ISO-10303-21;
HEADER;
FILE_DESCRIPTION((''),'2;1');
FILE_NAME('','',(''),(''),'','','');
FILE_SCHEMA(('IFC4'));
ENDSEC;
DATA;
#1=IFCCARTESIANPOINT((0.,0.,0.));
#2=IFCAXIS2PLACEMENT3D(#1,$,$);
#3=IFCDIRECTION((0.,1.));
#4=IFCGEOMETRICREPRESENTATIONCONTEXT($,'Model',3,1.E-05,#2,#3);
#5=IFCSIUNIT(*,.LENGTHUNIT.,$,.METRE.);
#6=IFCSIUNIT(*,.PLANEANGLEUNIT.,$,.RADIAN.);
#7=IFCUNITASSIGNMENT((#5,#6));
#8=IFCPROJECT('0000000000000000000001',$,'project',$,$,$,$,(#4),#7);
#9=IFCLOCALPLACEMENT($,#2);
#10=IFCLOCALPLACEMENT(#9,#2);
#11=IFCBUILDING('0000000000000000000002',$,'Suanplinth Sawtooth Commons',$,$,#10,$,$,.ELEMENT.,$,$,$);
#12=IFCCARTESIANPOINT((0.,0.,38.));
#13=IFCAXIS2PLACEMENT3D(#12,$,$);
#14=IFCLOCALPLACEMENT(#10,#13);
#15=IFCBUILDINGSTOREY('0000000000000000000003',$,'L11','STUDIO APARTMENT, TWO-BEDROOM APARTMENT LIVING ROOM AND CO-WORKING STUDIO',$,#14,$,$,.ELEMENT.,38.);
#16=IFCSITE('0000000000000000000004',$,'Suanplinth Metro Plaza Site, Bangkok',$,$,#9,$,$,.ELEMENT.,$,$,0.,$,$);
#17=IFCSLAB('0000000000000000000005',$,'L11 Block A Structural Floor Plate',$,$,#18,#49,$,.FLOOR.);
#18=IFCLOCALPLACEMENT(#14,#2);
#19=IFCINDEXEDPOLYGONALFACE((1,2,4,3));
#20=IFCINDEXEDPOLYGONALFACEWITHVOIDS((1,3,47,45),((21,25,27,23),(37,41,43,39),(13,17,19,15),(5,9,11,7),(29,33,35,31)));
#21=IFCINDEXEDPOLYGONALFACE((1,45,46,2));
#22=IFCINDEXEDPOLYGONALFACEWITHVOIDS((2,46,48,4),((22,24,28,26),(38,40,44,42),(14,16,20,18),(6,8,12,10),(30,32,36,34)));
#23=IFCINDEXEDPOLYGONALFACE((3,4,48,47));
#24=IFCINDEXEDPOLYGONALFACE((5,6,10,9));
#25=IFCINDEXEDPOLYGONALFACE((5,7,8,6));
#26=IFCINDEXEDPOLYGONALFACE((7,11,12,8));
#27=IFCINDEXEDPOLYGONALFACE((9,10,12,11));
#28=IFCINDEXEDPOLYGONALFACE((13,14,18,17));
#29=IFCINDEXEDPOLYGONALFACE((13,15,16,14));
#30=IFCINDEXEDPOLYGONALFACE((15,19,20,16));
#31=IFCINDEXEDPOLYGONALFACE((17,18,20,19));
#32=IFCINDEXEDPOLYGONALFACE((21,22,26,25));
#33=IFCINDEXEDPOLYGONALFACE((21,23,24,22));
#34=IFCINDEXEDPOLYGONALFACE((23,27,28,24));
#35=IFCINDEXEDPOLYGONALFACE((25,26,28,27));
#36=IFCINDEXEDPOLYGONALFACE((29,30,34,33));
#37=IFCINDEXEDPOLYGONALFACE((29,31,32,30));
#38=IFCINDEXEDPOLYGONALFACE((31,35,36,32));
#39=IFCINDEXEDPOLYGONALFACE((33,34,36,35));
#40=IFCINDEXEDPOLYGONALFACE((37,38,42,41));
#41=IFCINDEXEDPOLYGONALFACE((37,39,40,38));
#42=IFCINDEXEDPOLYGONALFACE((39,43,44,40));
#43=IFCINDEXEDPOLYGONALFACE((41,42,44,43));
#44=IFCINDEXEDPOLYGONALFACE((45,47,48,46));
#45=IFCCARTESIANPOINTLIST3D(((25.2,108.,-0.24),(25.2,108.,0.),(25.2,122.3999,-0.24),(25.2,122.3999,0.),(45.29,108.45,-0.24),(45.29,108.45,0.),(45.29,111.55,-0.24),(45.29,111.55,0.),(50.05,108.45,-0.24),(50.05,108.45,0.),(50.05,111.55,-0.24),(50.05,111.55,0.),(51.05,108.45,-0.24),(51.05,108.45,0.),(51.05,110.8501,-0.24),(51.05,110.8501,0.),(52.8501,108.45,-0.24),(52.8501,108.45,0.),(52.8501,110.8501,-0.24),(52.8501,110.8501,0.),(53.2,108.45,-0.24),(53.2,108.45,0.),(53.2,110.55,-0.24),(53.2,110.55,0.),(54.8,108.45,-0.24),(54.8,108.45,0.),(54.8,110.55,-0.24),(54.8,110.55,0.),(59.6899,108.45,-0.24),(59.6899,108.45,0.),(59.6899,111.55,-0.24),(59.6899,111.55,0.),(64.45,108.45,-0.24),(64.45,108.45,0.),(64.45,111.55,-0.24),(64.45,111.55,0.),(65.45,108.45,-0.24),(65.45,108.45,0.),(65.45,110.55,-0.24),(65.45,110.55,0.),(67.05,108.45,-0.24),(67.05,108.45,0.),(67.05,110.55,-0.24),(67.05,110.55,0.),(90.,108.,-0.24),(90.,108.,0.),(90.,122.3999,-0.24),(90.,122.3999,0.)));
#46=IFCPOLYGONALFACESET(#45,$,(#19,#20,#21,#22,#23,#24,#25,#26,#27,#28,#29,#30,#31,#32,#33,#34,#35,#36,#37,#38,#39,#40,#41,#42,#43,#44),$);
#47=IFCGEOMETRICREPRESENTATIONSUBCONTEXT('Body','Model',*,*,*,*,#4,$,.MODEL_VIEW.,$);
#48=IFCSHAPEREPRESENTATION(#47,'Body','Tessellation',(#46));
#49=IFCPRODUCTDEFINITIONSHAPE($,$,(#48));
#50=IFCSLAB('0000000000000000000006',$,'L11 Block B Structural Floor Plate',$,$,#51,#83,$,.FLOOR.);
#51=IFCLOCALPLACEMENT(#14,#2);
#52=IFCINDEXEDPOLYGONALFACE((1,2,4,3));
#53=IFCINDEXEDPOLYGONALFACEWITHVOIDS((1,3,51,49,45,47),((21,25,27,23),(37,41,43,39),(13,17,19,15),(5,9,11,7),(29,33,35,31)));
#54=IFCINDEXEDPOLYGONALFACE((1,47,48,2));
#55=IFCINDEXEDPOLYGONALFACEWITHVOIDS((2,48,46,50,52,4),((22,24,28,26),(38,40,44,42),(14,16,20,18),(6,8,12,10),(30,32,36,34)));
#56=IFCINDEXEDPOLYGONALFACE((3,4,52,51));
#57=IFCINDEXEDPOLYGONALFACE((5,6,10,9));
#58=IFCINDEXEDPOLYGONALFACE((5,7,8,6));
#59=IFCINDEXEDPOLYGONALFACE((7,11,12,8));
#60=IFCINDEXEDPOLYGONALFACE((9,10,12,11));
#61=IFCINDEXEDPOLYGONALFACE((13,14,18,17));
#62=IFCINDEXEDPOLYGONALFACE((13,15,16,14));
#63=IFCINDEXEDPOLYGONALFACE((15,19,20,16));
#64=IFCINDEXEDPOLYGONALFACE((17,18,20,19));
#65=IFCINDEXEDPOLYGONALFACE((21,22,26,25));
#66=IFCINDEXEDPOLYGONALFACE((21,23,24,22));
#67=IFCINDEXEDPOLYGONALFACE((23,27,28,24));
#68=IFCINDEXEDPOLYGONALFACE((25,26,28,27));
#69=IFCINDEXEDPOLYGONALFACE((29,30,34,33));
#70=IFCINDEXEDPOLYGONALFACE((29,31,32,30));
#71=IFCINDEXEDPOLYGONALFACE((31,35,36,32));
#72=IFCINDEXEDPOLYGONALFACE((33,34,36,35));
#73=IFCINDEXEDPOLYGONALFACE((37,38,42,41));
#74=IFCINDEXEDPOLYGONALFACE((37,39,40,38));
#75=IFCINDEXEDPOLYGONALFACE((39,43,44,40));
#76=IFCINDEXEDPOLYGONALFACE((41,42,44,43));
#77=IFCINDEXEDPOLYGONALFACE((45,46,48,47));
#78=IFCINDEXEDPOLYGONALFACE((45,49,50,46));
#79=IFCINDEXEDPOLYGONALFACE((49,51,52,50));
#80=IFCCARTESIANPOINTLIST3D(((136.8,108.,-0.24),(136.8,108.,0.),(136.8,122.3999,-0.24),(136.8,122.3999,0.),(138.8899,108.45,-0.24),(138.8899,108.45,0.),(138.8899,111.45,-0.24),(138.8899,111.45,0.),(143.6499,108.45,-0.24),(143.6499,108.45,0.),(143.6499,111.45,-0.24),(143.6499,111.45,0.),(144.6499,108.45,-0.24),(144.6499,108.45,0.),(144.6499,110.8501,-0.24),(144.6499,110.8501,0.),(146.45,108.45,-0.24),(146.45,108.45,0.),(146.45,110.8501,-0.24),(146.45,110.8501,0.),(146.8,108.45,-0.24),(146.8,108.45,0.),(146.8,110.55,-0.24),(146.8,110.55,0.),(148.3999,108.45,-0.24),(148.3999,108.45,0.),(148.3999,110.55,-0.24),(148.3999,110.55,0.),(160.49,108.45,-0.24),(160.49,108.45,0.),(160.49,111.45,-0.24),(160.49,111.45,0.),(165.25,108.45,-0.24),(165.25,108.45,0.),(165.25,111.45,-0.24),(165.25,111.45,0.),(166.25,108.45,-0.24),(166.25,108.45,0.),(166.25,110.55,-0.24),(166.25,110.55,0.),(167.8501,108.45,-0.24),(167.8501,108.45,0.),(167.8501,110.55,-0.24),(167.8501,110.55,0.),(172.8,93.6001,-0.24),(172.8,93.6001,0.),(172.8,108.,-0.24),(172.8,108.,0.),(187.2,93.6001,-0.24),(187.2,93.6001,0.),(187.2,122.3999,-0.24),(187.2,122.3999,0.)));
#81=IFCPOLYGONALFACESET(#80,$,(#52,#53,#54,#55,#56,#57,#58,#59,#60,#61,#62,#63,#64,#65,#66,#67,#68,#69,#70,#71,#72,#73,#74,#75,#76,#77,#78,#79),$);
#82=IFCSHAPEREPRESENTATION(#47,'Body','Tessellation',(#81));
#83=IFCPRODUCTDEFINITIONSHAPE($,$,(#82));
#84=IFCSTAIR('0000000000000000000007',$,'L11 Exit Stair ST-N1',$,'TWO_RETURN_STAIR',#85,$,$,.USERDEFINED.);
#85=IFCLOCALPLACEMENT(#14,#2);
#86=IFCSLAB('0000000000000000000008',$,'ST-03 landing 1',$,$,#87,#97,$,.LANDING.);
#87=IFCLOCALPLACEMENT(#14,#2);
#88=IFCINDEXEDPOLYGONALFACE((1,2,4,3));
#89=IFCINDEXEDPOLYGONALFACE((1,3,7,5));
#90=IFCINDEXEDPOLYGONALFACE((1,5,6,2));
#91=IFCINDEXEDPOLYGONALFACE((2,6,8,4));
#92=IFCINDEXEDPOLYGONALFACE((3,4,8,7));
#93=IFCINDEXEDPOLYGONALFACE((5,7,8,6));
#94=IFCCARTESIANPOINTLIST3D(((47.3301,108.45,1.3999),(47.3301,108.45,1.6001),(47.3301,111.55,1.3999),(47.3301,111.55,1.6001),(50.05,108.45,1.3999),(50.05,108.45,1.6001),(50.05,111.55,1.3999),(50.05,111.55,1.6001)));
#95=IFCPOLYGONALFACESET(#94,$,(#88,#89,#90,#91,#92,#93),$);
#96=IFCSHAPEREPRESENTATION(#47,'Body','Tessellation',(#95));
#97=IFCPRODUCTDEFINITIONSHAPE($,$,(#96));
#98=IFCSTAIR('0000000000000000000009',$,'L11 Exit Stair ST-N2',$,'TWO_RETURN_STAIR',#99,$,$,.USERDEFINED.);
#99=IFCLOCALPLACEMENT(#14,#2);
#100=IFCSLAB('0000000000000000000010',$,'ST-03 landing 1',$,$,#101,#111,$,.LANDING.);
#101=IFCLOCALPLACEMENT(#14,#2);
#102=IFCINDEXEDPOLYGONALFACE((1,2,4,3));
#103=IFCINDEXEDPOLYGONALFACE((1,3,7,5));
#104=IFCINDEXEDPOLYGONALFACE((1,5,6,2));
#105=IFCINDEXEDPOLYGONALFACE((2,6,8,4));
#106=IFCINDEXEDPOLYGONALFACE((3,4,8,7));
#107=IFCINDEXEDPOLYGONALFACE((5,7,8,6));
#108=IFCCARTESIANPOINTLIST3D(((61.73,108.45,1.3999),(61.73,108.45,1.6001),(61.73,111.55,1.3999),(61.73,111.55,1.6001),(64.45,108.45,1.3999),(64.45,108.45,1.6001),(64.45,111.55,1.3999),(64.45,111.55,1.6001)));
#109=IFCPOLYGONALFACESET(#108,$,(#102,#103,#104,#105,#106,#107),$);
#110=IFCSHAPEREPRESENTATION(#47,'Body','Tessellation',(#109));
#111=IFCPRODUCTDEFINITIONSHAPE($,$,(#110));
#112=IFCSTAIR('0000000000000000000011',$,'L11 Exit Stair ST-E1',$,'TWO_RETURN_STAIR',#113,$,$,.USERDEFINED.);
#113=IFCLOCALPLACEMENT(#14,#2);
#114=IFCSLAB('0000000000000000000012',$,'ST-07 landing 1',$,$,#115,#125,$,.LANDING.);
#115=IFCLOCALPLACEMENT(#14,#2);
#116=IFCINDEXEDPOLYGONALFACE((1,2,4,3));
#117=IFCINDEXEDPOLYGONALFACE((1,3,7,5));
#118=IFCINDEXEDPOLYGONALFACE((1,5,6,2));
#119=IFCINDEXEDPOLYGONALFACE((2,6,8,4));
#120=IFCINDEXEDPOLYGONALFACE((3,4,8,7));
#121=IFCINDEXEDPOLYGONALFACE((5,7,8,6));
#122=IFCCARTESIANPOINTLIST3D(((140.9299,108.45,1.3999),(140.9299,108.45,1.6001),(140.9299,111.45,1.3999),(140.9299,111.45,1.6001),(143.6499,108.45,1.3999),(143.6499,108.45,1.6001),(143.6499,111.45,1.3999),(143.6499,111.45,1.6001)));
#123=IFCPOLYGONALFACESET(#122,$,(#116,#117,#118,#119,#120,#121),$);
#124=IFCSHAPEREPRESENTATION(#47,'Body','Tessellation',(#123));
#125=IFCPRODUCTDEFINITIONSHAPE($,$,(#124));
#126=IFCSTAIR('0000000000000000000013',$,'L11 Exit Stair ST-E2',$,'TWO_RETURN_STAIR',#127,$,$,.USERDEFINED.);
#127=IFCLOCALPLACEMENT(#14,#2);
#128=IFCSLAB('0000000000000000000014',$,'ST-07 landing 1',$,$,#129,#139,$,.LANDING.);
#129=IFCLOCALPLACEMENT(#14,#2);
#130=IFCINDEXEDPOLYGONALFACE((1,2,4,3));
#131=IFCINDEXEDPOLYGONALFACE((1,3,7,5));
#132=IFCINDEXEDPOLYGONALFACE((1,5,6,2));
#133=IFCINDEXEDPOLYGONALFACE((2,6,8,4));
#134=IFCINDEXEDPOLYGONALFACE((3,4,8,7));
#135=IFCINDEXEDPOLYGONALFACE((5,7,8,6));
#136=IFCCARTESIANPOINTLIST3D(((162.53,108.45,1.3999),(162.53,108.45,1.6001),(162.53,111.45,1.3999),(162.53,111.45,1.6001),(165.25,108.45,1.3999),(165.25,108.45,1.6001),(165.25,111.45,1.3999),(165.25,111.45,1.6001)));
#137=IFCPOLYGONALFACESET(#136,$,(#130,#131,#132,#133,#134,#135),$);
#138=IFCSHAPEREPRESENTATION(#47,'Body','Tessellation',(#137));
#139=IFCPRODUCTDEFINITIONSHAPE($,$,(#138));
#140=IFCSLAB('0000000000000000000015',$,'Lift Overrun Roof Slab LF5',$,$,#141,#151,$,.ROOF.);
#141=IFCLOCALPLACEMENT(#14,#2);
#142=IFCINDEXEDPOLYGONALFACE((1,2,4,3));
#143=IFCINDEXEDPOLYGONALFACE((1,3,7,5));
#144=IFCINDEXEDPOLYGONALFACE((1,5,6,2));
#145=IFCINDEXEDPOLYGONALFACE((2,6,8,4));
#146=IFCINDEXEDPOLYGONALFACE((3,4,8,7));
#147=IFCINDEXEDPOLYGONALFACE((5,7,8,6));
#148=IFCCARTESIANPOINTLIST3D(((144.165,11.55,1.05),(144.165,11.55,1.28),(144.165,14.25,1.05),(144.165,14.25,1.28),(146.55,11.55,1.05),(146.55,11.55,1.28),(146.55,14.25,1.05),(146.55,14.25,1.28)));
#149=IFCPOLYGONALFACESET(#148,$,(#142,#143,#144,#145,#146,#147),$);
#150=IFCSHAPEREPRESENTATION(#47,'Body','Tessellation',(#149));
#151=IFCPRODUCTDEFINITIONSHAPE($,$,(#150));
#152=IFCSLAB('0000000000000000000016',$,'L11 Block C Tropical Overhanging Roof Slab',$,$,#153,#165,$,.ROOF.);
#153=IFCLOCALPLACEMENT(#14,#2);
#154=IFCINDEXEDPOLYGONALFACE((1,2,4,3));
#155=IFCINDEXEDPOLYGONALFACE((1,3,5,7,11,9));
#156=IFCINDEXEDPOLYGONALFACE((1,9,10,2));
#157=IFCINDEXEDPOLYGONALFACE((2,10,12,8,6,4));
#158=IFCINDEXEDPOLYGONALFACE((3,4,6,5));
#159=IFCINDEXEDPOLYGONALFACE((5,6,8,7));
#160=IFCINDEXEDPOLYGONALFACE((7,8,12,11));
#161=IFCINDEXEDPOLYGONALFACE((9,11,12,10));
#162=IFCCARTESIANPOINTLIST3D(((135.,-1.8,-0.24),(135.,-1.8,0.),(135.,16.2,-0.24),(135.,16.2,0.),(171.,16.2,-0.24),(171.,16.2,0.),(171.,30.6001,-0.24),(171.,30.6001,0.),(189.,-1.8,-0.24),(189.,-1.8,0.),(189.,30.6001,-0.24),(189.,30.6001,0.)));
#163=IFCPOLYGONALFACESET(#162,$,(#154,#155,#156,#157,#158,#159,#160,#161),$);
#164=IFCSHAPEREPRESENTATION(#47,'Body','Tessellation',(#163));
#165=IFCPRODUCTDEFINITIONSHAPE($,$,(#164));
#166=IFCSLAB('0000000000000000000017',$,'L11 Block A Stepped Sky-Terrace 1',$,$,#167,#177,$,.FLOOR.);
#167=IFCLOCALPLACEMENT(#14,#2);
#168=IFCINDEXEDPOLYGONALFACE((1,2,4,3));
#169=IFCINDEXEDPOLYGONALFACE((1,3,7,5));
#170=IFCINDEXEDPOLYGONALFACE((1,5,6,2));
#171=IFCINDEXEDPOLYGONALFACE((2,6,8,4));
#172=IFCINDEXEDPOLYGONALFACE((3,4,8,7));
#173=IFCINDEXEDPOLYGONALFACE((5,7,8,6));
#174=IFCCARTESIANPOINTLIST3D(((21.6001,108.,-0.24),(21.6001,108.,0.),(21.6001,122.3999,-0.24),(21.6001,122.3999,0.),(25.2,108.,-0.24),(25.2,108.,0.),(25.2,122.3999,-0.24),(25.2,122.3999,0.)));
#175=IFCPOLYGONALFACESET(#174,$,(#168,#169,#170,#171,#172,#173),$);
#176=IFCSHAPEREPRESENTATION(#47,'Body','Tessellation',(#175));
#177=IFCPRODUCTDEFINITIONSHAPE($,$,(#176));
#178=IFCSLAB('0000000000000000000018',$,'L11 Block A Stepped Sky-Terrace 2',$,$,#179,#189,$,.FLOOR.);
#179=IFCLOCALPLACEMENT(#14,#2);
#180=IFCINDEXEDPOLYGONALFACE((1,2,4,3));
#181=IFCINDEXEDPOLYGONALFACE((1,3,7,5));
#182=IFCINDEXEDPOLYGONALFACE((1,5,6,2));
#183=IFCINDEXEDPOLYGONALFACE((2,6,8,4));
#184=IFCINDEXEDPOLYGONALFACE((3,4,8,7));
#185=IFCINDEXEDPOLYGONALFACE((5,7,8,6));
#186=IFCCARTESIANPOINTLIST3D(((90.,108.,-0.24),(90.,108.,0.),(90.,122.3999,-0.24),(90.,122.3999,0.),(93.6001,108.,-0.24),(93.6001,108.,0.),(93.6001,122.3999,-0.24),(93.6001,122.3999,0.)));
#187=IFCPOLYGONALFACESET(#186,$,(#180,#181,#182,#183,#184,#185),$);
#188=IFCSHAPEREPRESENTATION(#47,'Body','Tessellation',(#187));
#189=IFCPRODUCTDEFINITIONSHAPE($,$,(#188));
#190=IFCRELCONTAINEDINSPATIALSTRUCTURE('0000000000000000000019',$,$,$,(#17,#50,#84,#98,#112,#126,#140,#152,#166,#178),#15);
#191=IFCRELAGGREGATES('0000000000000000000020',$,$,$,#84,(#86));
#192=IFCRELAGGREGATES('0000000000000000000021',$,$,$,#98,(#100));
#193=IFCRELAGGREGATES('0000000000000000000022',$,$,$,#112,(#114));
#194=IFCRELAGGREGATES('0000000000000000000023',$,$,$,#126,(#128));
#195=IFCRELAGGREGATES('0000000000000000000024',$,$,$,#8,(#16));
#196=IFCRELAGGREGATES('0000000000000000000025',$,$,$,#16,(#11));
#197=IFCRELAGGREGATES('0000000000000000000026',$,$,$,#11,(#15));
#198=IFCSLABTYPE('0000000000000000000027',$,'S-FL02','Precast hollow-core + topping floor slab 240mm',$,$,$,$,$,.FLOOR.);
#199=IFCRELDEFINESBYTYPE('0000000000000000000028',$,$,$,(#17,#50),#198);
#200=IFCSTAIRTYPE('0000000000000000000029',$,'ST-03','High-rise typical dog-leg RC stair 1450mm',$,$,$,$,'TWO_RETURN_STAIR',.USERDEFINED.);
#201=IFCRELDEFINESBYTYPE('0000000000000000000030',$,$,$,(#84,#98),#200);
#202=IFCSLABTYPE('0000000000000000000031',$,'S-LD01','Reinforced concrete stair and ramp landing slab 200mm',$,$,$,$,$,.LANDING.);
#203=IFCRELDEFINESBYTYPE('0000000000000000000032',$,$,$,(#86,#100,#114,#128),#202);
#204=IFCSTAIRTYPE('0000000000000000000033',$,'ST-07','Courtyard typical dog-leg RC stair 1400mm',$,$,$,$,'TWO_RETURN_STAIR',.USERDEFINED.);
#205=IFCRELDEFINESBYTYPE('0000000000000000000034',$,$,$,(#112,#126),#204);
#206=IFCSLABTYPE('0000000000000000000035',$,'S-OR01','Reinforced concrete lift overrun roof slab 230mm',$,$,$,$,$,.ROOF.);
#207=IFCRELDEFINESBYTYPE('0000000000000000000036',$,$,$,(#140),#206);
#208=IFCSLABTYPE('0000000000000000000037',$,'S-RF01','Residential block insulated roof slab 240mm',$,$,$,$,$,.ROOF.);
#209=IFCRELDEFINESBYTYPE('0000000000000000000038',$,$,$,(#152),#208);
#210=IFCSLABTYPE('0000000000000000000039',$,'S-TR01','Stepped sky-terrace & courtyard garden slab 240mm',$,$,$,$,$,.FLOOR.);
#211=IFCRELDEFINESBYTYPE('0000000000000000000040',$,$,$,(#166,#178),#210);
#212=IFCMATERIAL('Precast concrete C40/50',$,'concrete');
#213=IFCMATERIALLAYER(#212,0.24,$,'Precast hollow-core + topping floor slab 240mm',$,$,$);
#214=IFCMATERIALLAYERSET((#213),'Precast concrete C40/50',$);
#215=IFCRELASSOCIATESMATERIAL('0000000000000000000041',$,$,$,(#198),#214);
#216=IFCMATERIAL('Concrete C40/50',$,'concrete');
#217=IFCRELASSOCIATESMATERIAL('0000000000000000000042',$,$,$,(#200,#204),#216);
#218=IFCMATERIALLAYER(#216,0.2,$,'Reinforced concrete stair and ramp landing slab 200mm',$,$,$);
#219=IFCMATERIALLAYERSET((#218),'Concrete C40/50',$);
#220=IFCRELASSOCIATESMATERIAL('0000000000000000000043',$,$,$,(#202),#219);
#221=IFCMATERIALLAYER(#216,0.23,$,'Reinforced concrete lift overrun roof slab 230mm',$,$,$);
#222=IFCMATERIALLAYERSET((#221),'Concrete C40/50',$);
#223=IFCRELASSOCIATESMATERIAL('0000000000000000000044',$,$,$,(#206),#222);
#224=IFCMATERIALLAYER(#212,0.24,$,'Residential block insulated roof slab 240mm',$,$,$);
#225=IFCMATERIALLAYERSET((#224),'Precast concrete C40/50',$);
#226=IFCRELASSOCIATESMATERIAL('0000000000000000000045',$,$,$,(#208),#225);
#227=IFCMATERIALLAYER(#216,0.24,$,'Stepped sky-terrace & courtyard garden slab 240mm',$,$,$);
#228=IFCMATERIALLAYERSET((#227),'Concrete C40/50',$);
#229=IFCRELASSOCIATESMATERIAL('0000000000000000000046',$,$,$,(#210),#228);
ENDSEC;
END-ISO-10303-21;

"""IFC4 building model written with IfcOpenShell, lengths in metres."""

from ifc_helpers import new_model, si_unit, direction, frame, origin, place, context, subcontext, project, spatial, polyline, outline, extrude, material, layer, layer_set, type_object, element, aggregate, save


model = new_model("IFC4")

# Units and contexts
model_context = context("Model", 3, precision=1e-05, world=origin(), true_north=direction((0.0, 1.0)))
body_context = subcontext(model_context, "Body", "Model", "MODEL_VIEW")
ifc_project = project(units=[si_unit("LENGTHUNIT", "METRE"), si_unit("PLANEANGLEUNIT", "RADIAN")], contexts=[model_context])

# Site, building, storey
site_placement = place(None, origin())
site = spatial("IfcSite", under=ifc_project, at=site_placement, Name="Suanplinth Metro Plaza Site, Bangkok", CompositionType="ELEMENT", RefElevation=0.0)
building_placement = place(site_placement, origin())
building = spatial("IfcBuilding", under=site, at=building_placement, Name="Suanplinth Sawtooth Commons", CompositionType="ELEMENT")
storey_placement = place(building_placement, frame((0.0, 0.0, 38.0)))
storey = spatial("IfcBuildingStorey", under=building, at=storey_placement, Name="L11", Description="STUDIO APARTMENT, TWO-BEDROOM APARTMENT LIVING ROOM AND CO-WORKING STUDIO", CompositionType="ELEMENT", Elevation=38.0)

# Shared definitions
ifc_material_1 = material(Name="Precast concrete C40/50", Category="concrete")

# Slabs
ifc_layer_1 = layer(ifc_material_1, 0.24, Name="Precast hollow-core + topping floor slab 240mm")
ifc_layer_set_1 = layer_set([ifc_layer_1], Name="Precast concrete C40/50")
slab_type_1 = type_object("IfcSlabType", Name="S-FL02", Description="Precast hollow-core + topping floor slab 240mm", PredefinedType="FLOOR", material=ifc_layer_set_1)
slab_1_placement = place(storey_placement, frame((0.0, 0.0, -0.24)))
element("IfcSlab", 1, at=slab_1_placement, inside=storey, type_object=slab_type_1, Name="L11 Block A Structural Floor Plate", PredefinedType="FLOOR", context=body_context, shape_type="SweptSolid", body=[
    extrude(outline(polyline([(25.2, 108.0), (90.0, 108.0), (90.0, 122.3999), (25.2, 122.3999), (25.2, 108.0)]), holes=[polyline([(45.29, 108.45), (50.05, 108.45), (50.05, 111.55), (45.29, 111.55), (45.29, 108.45)]), polyline([(51.05, 108.45), (52.8501, 108.45), (52.8501, 110.8501), (51.05, 110.8501), (51.05, 108.45)]), polyline([(53.2, 108.45), (54.8, 108.45), (54.8, 110.55), (53.2, 110.55), (53.2, 108.45)]), polyline([(59.6899, 108.45), (64.45, 108.45), (64.45, 111.55), (59.6899, 111.55), (59.6899, 108.45)]), polyline([(65.45, 108.45), (67.05, 108.45), (67.05, 110.55), (65.45, 110.55), (65.45, 108.45)])]), origin(), (0.0, 0.0, 1.0), 0.24),
])
slab_2_placement = place(storey_placement, frame((0.0, 0.0, -0.24)))
element("IfcSlab", 2, at=slab_2_placement, inside=storey, type_object=slab_type_1, Name="L11 Block B Structural Floor Plate", PredefinedType="FLOOR", context=body_context, shape_type="SweptSolid", body=[
    extrude(outline(polyline([(172.8, 108.0), (136.8, 108.0), (136.8, 122.3999), (187.2, 122.3999), (187.2, 93.6001), (172.8, 93.6001), (172.8, 108.0)]), holes=[polyline([(138.8899, 108.45), (143.6499, 108.45), (143.6499, 111.45), (138.8899, 111.45), (138.8899, 108.45)]), polyline([(144.6499, 108.45), (146.45, 108.45), (146.45, 110.8501), (144.6499, 110.8501), (144.6499, 108.45)]), polyline([(146.8, 108.45), (148.3999, 108.45), (148.3999, 110.55), (146.8, 110.55), (146.8, 108.45)]), polyline([(160.49, 108.45), (165.25, 108.45), (165.25, 111.45), (160.49, 111.45), (160.49, 108.45)]), polyline([(166.25, 108.45), (167.8501, 108.45), (167.8501, 110.55), (166.25, 110.55), (166.25, 108.45)])]), origin(), (0.0, 0.0, 1.0), 0.24),
])

# Stairs, slabs
ifc_material_2 = material(Name="Concrete C40/50", Category="concrete")
stair_type_1 = type_object("IfcStairType", Name="ST-03", Description="High-rise typical dog-leg RC stair 1450mm", ElementType="TWO_RETURN_STAIR", PredefinedType="USERDEFINED", material=ifc_material_2)
stair_1_placement = place(storey_placement, origin())
stair_1 = element("IfcStair", 3, at=stair_1_placement, inside=storey, type_object=stair_type_1, Name="L11 Exit Stair ST-N1", ObjectType="TWO_RETURN_STAIR", PredefinedType="USERDEFINED")
ifc_layer_2 = layer(ifc_material_2, 0.2, Name="Reinforced concrete stair and ramp landing slab 200mm")
ifc_layer_set_2 = layer_set([ifc_layer_2], Name="Concrete C40/50")
slab_type_2 = type_object("IfcSlabType", Name="S-LD01", Description="Reinforced concrete stair and ramp landing slab 200mm", PredefinedType="LANDING", material=ifc_layer_set_2)
slab_3_placement = place(storey_placement, frame((0.0, 0.0, 1.3999)))
slab_3 = element("IfcSlab", 4, at=slab_3_placement, type_object=slab_type_2, Name="ST-03 landing 1", PredefinedType="LANDING", context=body_context, shape_type="SweptSolid", body=[
    extrude(outline(polyline([(47.3301, 108.45), (50.05, 108.45), (50.05, 111.55), (47.3301, 111.55), (47.3301, 108.45)])), origin(), (0.0, 0.0, 1.0), 0.2002),
])
aggregate(stair_1, [slab_3])
stair_2_placement = place(storey_placement, origin())
stair_2 = element("IfcStair", 5, at=stair_2_placement, inside=storey, type_object=stair_type_1, Name="L11 Exit Stair ST-N2", ObjectType="TWO_RETURN_STAIR", PredefinedType="USERDEFINED")
slab_4_placement = place(storey_placement, frame((0.0, 0.0, 1.3999)))
slab_4 = element("IfcSlab", 6, at=slab_4_placement, type_object=slab_type_2, Name="ST-03 landing 1", PredefinedType="LANDING", context=body_context, shape_type="SweptSolid", body=[
    extrude(outline(polyline([(61.73, 108.45), (64.45, 108.45), (64.45, 111.55), (61.73, 111.55), (61.73, 108.45)])), origin(), (0.0, 0.0, 1.0), 0.2002),
])
aggregate(stair_2, [slab_4])
stair_type_2 = type_object("IfcStairType", Name="ST-07", Description="Courtyard typical dog-leg RC stair 1400mm", ElementType="TWO_RETURN_STAIR", PredefinedType="USERDEFINED", material=ifc_material_2)
stair_3_placement = place(storey_placement, origin())
stair_3 = element("IfcStair", 7, at=stair_3_placement, inside=storey, type_object=stair_type_2, Name="L11 Exit Stair ST-E1", ObjectType="TWO_RETURN_STAIR", PredefinedType="USERDEFINED")
slab_5_placement = place(storey_placement, frame((0.0, 0.0, 1.3999)))
slab_5 = element("IfcSlab", 8, at=slab_5_placement, type_object=slab_type_2, Name="ST-07 landing 1", PredefinedType="LANDING", context=body_context, shape_type="SweptSolid", body=[
    extrude(outline(polyline([(140.9299, 108.45), (143.6499, 108.45), (143.6499, 111.45), (140.9299, 111.45), (140.9299, 108.45)])), origin(), (0.0, 0.0, 1.0), 0.2002),
])
aggregate(stair_3, [slab_5])
stair_4_placement = place(storey_placement, origin())
stair_4 = element("IfcStair", 9, at=stair_4_placement, inside=storey, type_object=stair_type_2, Name="L11 Exit Stair ST-E2", ObjectType="TWO_RETURN_STAIR", PredefinedType="USERDEFINED")
slab_6_placement = place(storey_placement, frame((0.0, 0.0, 1.3999)))
slab_6 = element("IfcSlab", 10, at=slab_6_placement, type_object=slab_type_2, Name="ST-07 landing 1", PredefinedType="LANDING", context=body_context, shape_type="SweptSolid", body=[
    extrude(outline(polyline([(162.53, 108.45), (165.25, 108.45), (165.25, 111.45), (162.53, 111.45), (162.53, 108.45)])), origin(), (0.0, 0.0, 1.0), 0.2002),
])
aggregate(stair_4, [slab_6])

# Slabs
ifc_layer_3 = layer(ifc_material_2, 0.23, Name="Reinforced concrete lift overrun roof slab 230mm")
ifc_layer_set_3 = layer_set([ifc_layer_3], Name="Concrete C40/50")
slab_type_3 = type_object("IfcSlabType", Name="S-OR01", Description="Reinforced concrete lift overrun roof slab 230mm", PredefinedType="ROOF", material=ifc_layer_set_3)
slab_7_placement = place(storey_placement, frame((0.0, 0.0, 1.05)))
element("IfcSlab", 11, at=slab_7_placement, inside=storey, type_object=slab_type_3, Name="Lift Overrun Roof Slab LF5", PredefinedType="ROOF", context=body_context, shape_type="SweptSolid", body=[
    extrude(outline(polyline([(144.165, 11.55), (146.55, 11.55), (146.55, 14.25), (144.165, 14.25), (144.165, 11.55)])), origin(), (0.0, 0.0, 1.0), 0.23),
])
ifc_layer_4 = layer(ifc_material_1, 0.24, Name="Residential block insulated roof slab 240mm")
ifc_layer_set_4 = layer_set([ifc_layer_4], Name="Precast concrete C40/50")
slab_type_4 = type_object("IfcSlabType", Name="S-RF01", Description="Residential block insulated roof slab 240mm", PredefinedType="ROOF", material=ifc_layer_set_4)
slab_8_placement = place(storey_placement, frame((0.0, 0.0, -0.24)))
element("IfcSlab", 12, at=slab_8_placement, inside=storey, type_object=slab_type_4, Name="L11 Block C Tropical Overhanging Roof Slab", PredefinedType="ROOF", context=body_context, shape_type="SweptSolid", body=[
    extrude(outline(polyline([(189.0, -1.8), (135.0, -1.8), (135.0, 16.2), (171.0, 16.2), (171.0, 30.6001), (189.0, 30.6001), (189.0, -1.8)])), origin(), (0.0, 0.0, 1.0), 0.24),
])
ifc_layer_5 = layer(ifc_material_2, 0.24, Name="Stepped sky-terrace & courtyard garden slab 240mm")
ifc_layer_set_5 = layer_set([ifc_layer_5], Name="Concrete C40/50")
slab_type_5 = type_object("IfcSlabType", Name="S-TR01", Description="Stepped sky-terrace & courtyard garden slab 240mm", PredefinedType="FLOOR", material=ifc_layer_set_5)
slab_9_placement = place(storey_placement, frame((0.0, 0.0, -0.24)))
element("IfcSlab", 13, at=slab_9_placement, inside=storey, type_object=slab_type_5, Name="L11 Block A Stepped Sky-Terrace 1", PredefinedType="FLOOR", context=body_context, shape_type="SweptSolid", body=[
    extrude(outline(polyline([(21.6001, 108.0), (21.6001, 122.3999), (25.2, 122.3999), (25.2, 108.0), (21.6001, 108.0)])), origin(), (0.0, 0.0, 1.0), 0.24),
])
slab_10_placement = place(storey_placement, frame((0.0, 0.0, -0.24)))
element("IfcSlab", 14, at=slab_10_placement, inside=storey, type_object=slab_type_5, Name="L11 Block A Stepped Sky-Terrace 2", PredefinedType="FLOOR", context=body_context, shape_type="SweptSolid", body=[
    extrude(outline(polyline([(93.6001, 122.3999), (93.6001, 108.0), (90.0, 108.0), (90.0, 122.3999), (93.6001, 122.3999)])), origin(), (0.0, 0.0, 1.0), 0.24),
])

save(model, "model.ifc")
